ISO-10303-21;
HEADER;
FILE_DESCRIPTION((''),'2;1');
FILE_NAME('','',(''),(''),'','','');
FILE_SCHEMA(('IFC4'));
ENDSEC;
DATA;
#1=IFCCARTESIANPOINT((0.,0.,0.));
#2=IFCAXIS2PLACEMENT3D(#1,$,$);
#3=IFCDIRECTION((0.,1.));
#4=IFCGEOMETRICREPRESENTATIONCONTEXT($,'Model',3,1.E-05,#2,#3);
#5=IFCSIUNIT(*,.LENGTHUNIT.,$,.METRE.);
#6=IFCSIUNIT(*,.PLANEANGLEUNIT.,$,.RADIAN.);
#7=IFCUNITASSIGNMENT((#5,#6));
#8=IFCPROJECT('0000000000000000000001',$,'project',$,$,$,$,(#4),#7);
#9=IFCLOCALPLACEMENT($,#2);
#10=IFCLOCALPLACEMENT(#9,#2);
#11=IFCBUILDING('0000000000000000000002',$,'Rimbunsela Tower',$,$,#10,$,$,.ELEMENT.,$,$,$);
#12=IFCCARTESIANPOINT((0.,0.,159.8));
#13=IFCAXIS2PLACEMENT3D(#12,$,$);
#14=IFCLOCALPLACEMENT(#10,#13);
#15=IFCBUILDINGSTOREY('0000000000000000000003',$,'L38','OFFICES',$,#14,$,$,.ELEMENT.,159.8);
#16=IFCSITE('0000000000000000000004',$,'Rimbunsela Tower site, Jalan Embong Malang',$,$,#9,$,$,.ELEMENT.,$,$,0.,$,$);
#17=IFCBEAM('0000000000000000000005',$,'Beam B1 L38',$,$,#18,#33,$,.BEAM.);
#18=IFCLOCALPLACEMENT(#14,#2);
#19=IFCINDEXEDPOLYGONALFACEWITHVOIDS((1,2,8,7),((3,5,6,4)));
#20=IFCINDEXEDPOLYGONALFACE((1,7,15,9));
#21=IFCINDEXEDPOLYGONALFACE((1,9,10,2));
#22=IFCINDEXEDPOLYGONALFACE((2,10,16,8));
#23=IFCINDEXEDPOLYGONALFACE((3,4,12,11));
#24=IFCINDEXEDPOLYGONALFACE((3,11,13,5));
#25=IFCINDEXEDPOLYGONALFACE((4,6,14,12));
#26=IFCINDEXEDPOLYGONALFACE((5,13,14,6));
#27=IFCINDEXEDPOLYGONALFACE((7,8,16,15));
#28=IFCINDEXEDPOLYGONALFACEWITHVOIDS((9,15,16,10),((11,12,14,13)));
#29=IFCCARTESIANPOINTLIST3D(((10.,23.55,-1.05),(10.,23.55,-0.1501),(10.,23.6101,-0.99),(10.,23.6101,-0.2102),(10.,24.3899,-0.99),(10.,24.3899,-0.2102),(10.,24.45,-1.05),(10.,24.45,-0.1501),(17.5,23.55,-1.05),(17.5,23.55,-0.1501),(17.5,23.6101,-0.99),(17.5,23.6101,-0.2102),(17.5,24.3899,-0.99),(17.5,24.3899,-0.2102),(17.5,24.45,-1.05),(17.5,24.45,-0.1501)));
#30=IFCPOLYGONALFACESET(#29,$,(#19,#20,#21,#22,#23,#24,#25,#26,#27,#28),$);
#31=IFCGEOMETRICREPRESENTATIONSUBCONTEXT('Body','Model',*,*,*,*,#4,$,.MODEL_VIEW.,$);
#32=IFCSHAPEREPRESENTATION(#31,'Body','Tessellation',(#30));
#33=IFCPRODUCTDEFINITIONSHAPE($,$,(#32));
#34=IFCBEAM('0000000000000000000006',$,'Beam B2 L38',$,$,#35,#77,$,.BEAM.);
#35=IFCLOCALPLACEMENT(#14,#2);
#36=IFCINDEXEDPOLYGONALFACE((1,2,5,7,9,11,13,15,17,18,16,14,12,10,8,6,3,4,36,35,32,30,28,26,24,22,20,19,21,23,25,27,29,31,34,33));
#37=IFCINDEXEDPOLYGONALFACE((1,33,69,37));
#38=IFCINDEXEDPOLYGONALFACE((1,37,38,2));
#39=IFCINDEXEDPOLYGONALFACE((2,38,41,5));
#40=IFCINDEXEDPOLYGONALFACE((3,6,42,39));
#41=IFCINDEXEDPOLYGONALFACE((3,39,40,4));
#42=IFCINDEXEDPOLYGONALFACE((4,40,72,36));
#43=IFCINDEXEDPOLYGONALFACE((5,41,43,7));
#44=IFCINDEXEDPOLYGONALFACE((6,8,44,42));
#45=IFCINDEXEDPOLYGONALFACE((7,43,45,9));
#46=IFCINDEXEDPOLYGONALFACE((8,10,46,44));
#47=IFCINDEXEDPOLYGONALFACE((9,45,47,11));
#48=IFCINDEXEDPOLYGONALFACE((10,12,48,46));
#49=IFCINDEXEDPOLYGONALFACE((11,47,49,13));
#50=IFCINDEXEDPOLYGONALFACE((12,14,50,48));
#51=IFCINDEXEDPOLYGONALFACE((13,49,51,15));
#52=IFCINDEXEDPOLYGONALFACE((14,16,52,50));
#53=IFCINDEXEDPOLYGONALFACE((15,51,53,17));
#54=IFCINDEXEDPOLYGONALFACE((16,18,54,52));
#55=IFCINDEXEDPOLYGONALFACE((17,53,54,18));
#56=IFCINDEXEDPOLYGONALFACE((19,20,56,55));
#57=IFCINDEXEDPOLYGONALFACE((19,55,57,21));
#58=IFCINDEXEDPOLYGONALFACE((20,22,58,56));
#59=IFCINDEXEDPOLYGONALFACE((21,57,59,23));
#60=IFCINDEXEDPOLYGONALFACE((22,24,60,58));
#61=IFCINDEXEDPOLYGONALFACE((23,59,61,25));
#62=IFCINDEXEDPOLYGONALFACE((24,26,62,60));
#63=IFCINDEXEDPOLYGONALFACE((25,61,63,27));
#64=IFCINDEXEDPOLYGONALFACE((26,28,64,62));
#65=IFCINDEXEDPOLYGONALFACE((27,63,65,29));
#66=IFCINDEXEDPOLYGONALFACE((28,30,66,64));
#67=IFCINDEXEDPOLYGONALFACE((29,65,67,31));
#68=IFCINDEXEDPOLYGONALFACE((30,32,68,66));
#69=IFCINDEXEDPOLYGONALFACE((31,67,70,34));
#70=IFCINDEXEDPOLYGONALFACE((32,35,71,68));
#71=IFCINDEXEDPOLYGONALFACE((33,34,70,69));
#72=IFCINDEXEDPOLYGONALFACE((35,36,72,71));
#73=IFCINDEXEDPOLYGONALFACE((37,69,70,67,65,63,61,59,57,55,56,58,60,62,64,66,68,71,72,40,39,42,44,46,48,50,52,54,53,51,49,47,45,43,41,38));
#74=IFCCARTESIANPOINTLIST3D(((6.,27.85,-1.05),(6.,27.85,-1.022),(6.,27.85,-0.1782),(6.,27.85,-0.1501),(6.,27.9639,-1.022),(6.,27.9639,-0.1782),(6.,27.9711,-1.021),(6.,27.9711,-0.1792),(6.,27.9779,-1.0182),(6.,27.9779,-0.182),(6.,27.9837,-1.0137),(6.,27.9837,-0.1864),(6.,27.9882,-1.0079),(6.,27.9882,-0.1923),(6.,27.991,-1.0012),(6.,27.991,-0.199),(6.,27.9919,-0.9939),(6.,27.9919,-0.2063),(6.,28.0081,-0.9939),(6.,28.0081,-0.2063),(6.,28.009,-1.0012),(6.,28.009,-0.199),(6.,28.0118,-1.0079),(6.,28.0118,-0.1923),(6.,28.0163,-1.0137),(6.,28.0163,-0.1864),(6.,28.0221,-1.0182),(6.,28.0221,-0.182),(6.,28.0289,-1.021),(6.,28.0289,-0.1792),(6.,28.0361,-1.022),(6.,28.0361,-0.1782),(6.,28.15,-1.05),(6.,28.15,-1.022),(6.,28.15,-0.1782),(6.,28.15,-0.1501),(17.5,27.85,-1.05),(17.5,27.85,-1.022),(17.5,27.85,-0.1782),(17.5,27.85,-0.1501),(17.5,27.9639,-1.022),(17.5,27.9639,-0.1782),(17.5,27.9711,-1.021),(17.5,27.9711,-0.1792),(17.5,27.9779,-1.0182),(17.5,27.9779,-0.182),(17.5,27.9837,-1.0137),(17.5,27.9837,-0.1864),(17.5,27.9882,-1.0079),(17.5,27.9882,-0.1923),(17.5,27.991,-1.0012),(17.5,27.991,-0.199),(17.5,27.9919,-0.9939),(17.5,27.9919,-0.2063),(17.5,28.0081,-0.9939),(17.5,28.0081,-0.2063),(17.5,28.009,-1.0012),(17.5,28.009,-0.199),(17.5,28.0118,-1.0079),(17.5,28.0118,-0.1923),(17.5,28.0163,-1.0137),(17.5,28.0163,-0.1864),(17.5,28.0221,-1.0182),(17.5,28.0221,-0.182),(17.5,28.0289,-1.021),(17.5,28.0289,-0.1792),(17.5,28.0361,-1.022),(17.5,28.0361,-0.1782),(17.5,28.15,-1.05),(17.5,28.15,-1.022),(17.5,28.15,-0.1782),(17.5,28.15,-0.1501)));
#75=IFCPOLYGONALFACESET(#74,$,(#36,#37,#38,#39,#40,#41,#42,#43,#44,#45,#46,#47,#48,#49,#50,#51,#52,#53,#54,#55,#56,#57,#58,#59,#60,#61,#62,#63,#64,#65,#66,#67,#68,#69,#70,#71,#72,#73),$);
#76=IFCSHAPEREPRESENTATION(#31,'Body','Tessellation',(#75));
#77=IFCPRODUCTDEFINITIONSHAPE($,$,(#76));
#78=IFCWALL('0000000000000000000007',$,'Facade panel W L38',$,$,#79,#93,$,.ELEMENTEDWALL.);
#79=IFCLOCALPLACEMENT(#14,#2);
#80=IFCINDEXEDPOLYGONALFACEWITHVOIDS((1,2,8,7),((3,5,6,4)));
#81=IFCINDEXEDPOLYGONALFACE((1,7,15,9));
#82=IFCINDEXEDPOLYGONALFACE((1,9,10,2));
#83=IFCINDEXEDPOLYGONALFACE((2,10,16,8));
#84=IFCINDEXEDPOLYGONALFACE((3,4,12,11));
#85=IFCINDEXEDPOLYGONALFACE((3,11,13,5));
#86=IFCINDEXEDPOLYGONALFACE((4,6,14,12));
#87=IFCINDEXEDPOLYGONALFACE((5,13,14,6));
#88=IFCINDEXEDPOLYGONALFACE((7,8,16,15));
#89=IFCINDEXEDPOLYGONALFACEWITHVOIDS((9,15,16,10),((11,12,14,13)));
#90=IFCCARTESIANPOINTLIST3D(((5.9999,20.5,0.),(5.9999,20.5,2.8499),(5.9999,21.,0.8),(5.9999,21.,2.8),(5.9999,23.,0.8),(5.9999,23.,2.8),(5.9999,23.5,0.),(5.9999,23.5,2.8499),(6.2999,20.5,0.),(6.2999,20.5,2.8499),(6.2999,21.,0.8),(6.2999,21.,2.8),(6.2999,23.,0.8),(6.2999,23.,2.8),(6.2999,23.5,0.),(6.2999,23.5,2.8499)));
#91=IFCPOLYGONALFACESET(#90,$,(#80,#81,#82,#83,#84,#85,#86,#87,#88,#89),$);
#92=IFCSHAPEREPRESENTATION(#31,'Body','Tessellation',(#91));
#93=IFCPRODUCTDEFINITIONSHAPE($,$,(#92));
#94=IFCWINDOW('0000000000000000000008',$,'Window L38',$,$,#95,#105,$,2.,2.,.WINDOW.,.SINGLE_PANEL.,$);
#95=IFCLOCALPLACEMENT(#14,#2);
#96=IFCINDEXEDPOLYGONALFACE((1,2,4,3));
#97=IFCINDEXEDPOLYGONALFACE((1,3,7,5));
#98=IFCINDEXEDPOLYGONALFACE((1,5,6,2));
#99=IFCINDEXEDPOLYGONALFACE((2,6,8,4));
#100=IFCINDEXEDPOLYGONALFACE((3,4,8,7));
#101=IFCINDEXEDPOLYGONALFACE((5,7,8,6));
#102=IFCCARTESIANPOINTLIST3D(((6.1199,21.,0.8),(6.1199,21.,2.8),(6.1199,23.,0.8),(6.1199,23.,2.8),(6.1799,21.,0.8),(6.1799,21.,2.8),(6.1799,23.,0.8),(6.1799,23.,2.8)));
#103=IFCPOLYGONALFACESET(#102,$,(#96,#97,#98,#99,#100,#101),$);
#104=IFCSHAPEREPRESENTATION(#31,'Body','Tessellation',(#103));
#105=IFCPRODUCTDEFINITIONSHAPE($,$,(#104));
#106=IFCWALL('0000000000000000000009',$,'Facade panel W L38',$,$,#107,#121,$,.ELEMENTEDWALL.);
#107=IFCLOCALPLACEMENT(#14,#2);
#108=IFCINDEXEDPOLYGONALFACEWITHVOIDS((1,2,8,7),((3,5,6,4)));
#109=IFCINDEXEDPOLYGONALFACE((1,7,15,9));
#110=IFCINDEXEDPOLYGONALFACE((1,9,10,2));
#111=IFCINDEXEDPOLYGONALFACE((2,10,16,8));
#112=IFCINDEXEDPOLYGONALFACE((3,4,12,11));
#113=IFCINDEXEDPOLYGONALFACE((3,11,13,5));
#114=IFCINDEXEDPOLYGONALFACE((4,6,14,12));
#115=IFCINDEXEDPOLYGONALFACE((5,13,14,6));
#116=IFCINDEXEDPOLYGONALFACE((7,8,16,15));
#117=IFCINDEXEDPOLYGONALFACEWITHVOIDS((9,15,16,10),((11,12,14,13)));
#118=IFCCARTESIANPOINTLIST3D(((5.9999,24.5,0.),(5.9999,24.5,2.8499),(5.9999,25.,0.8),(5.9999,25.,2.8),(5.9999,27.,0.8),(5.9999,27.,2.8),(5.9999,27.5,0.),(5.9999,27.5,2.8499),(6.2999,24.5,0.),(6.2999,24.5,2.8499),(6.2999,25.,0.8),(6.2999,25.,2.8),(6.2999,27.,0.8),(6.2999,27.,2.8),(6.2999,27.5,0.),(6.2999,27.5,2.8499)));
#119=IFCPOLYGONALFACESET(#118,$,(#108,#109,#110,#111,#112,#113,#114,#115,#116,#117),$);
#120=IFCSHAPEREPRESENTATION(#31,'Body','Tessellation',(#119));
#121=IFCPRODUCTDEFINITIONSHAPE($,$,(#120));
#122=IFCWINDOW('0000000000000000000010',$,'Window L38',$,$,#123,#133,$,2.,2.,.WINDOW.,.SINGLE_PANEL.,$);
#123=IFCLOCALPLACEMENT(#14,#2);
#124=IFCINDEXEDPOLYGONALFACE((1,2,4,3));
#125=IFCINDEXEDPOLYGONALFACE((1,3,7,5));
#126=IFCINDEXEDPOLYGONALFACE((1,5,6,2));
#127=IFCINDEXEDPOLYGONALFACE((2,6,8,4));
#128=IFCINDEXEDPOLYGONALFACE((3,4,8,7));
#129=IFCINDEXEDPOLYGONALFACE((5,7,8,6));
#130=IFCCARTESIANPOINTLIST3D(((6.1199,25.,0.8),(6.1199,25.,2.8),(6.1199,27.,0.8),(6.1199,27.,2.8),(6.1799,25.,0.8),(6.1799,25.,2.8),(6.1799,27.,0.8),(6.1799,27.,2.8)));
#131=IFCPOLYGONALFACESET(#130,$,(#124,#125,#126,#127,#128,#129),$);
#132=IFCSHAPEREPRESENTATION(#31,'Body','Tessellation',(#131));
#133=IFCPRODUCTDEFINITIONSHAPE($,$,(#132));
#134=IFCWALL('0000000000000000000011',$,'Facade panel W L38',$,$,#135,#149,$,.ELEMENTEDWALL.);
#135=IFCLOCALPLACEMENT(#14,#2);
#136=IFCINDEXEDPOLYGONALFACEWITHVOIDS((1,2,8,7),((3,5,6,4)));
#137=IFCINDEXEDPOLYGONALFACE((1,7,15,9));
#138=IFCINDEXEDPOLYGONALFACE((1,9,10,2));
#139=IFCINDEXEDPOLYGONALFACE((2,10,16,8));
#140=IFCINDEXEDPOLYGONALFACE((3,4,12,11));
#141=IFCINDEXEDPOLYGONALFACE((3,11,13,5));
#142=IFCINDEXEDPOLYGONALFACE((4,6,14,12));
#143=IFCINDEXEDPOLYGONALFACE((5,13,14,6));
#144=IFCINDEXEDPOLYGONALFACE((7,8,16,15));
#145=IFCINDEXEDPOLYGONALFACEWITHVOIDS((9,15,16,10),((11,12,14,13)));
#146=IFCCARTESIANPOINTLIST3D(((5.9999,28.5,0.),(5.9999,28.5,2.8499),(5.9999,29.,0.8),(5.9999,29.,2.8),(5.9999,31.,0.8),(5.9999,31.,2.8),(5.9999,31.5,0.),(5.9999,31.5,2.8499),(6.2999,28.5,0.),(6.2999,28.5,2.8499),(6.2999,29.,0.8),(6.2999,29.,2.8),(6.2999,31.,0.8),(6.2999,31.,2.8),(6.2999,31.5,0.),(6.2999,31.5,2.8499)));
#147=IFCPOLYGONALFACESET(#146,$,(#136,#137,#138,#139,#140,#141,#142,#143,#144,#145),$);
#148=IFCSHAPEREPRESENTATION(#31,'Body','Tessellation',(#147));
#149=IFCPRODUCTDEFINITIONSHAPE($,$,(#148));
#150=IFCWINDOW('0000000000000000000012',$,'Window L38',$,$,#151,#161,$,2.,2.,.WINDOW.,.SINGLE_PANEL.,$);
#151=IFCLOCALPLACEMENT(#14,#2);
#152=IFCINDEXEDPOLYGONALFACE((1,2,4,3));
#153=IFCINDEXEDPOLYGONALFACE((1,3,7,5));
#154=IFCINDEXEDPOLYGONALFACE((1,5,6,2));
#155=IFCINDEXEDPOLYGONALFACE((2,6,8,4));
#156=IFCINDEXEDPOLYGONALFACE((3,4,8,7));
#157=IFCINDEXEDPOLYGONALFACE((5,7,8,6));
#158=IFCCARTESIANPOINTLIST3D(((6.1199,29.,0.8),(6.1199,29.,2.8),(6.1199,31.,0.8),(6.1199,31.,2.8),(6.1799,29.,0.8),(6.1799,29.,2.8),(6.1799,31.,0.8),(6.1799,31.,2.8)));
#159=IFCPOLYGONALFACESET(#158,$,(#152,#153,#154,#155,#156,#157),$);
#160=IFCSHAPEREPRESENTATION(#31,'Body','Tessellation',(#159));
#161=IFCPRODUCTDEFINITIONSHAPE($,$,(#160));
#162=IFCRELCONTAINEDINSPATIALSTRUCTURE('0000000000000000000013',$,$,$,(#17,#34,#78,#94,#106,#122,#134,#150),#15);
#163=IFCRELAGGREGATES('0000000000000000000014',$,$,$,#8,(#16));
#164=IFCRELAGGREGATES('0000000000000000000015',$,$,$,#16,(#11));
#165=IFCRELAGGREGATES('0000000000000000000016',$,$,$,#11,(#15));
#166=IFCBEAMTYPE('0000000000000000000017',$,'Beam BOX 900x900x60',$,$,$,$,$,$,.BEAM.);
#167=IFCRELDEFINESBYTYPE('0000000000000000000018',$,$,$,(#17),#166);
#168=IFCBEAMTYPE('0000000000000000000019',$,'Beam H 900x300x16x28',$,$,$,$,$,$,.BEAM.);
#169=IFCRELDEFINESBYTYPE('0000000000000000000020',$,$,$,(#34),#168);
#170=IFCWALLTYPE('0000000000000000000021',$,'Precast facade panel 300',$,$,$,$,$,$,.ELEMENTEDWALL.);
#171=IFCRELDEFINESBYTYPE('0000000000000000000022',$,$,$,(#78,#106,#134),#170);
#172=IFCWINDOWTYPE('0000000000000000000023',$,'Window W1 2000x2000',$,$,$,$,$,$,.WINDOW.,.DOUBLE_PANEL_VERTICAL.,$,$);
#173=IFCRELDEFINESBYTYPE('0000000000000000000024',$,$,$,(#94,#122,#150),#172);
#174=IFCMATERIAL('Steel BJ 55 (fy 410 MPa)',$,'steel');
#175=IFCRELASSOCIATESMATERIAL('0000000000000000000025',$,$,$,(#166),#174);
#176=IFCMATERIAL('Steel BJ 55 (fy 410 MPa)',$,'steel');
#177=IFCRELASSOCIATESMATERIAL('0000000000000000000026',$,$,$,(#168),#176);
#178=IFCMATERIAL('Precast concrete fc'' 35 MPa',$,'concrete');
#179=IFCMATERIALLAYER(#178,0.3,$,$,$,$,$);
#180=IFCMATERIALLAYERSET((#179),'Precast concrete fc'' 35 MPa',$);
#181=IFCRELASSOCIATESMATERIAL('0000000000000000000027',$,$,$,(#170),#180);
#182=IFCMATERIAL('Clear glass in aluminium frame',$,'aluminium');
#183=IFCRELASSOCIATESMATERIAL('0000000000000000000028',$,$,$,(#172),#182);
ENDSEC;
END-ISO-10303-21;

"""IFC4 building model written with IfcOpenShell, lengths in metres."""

from ifc_helpers import new_model, si_unit, direction, frame, frame_2d, origin, origin_2d, place, context, subcontext, project, spatial, rectangle, hollow_rectangle, i_section, extrude, material, layer, layer_set, material_profile, profile_set, type_object, element, fill, save


model = new_model("IFC4")

# Units and contexts
model_context = context("Model", 3, precision=1e-05, world=origin(), true_north=direction((0.0, 1.0)))
body_context = subcontext(model_context, "Body", "Model", "MODEL_VIEW")
ifc_project = project(units=[si_unit("LENGTHUNIT", "METRE"), si_unit("PLANEANGLEUNIT", "RADIAN")], contexts=[model_context])

# Site, building, storey
site_placement = place(None, origin())
site = spatial("IfcSite", under=ifc_project, at=site_placement, Name="Rimbunsela Tower site, Jalan Embong Malang", CompositionType="ELEMENT", RefElevation=0.0)
building_placement = place(site_placement, origin())
building = spatial("IfcBuilding", under=site, at=building_placement, Name="Rimbunsela Tower", CompositionType="ELEMENT")
storey_placement = place(building_placement, frame((0.0, 0.0, 159.8)))
storey = spatial("IfcBuildingStorey", under=building, at=storey_placement, Name="L38", Description="OFFICES", CompositionType="ELEMENT", Elevation=159.8)

# Beams
ifc_material_1 = material(Name="Steel BJ 55 (fy 410 MPa)", Category="steel")
ifc_material_profile_1 = material_profile(ifc_material_1, hollow_rectangle(XDim=0.8999, YDim=0.8999, WallThickness=0.0601, at=origin_2d()), Name="BOX 900x900x60")
ifc_profile_set_1 = profile_set([ifc_material_profile_1], Name="Steel BJ 55 (fy 410 MPa)")
beam_type_1 = type_object("IfcBeamType", Name="Beam BOX 900x900x60", PredefinedType="BEAM", material=ifc_profile_set_1)
beam_1_placement = place(storey_placement, frame((10.0, 24.0, -0.6001), z_axis=(1.0, 0.0, 0.0), x_axis=(0.0, 1.0, 0.0)))
element("IfcBeam", 1, at=beam_1_placement, inside=storey, type_object=beam_type_1, Name="Beam B1 L38", PredefinedType="BEAM", context=body_context, shape_type="SweptSolid", body=[
    extrude(hollow_rectangle(XDim=0.8999, YDim=0.8999, WallThickness=0.0601, at=origin_2d()), origin(), (0.0, 0.0, 1.0), 7.5),
])
ifc_material_2 = material(Name="Steel BJ 55 (fy 410 MPa)", Category="steel")
ifc_material_profile_2 = material_profile(ifc_material_2, i_section(OverallWidth=0.3, OverallDepth=0.8999, WebThickness=0.0161, FlangeThickness=0.0281, FilletRadius=0.0281, at=origin_2d()), Name="H 900x300x16x28")
ifc_profile_set_2 = profile_set([ifc_material_profile_2], Name="Steel BJ 55 (fy 410 MPa)")
beam_type_2 = type_object("IfcBeamType", Name="Beam H 900x300x16x28", PredefinedType="BEAM", material=ifc_profile_set_2)
beam_2_placement = place(storey_placement, frame((6.0, 28.0, -0.6001), z_axis=(1.0, 0.0, 0.0), x_axis=(0.0, 1.0, 0.0)))
element("IfcBeam", 2, at=beam_2_placement, inside=storey, type_object=beam_type_2, Name="Beam B2 L38", PredefinedType="BEAM", context=body_context, shape_type="SweptSolid", body=[
    extrude(i_section(OverallWidth=0.3, OverallDepth=0.8999, WebThickness=0.0161, FlangeThickness=0.0281, FilletRadius=0.0281, at=origin_2d()), origin(), (0.0, 0.0, 1.0), 11.5),
])

# Walls, openings, windows
ifc_material_3 = material(Name="Precast concrete fc' 35 MPa", Category="concrete")
ifc_layer_1 = layer(ifc_material_3, 0.3)
ifc_layer_set_1 = layer_set([ifc_layer_1], Name="Precast concrete fc' 35 MPa")
wall_type = type_object("IfcWallType", Name="Precast facade panel 300", PredefinedType="ELEMENTEDWALL", material=ifc_layer_set_1)
wall_1_placement = place(storey_placement, frame((6.1499, 23.5, 0.0), z_axis=(0.0, 0.0, 1.0), x_axis=(0.0, -1.0, 0.0)))
wall_1 = element("IfcWall", 3, at=wall_1_placement, inside=storey, type_object=wall_type, Name="Facade panel W L38", PredefinedType="ELEMENTEDWALL", context=body_context, shape_type="SweptSolid", body=[
    extrude(rectangle(XDim=3.0, YDim=0.3, at=frame_2d((1.5, 0.0))), origin(), (0.0, 0.0, 1.0), 2.8499),
])
opening_1_placement = place(wall_1_placement, frame((0.5, 0.0, 0.8)))
opening_1 = element("IfcOpeningElement", 4, at=opening_1_placement, cuts=wall_1, PredefinedType="OPENING", context=body_context, shape_type="SweptSolid", body=[
    extrude(rectangle(XDim=2.0, YDim=2.0, at=frame_2d((1.0, 1.0))), frame((0.0, 0.1599, 0.0), z_axis=(0.0, -1.0, 0.0), x_axis=(1.0, 0.0, 0.0)), (0.0, 0.0, 1.0), 0.3201),
])
ifc_material_4 = material(Name="Clear glass in aluminium frame", Category="aluminium")
window_type = type_object("IfcWindowType", Name="Window W1 2000x2000", PartitioningType="DOUBLE_PANEL_VERTICAL", PredefinedType="WINDOW", material=ifc_material_4)
window_1_placement = place(opening_1_placement, origin())
window_1 = element("IfcWindow", 5, at=window_1_placement, inside=storey, type_object=window_type, Name="Window L38", OverallHeight=2.0, OverallWidth=2.0, PartitioningType="SINGLE_PANEL", PredefinedType="WINDOW", context=body_context, shape_type="SweptSolid", body=[
    extrude(rectangle(XDim=2.0, YDim=2.0, at=frame_2d((1.0, 1.0))), frame((0.0, 0.03, 0.0), z_axis=(0.0, -1.0, 0.0), x_axis=(1.0, 0.0, 0.0)), (0.0, 0.0, 1.0), 0.0601),
])
fill(opening_1, window_1)
wall_2_placement = place(storey_placement, frame((6.1499, 27.5, 0.0), z_axis=(0.0, 0.0, 1.0), x_axis=(0.0, -1.0, 0.0)))
wall_2 = element("IfcWall", 6, at=wall_2_placement, inside=storey, type_object=wall_type, Name="Facade panel W L38", PredefinedType="ELEMENTEDWALL", context=body_context, shape_type="SweptSolid", body=[
    extrude(rectangle(XDim=3.0, YDim=0.3, at=frame_2d((1.5, 0.0))), origin(), (0.0, 0.0, 1.0), 2.8499),
])
opening_2_placement = place(wall_2_placement, frame((0.5, 0.0, 0.8)))
opening_2 = element("IfcOpeningElement", 7, at=opening_2_placement, cuts=wall_2, PredefinedType="OPENING", context=body_context, shape_type="SweptSolid", body=[
    extrude(rectangle(XDim=2.0, YDim=2.0, at=frame_2d((1.0, 1.0))), frame((0.0, 0.1599, 0.0), z_axis=(0.0, -1.0, 0.0), x_axis=(1.0, 0.0, 0.0)), (0.0, 0.0, 1.0), 0.3201),
])
window_2_placement = place(opening_2_placement, origin())
window_2 = element("IfcWindow", 8, at=window_2_placement, inside=storey, type_object=window_type, Name="Window L38", OverallHeight=2.0, OverallWidth=2.0, PartitioningType="SINGLE_PANEL", PredefinedType="WINDOW", context=body_context, shape_type="SweptSolid", body=[
    extrude(rectangle(XDim=2.0, YDim=2.0, at=frame_2d((1.0, 1.0))), frame((0.0, 0.03, 0.0), z_axis=(0.0, -1.0, 0.0), x_axis=(1.0, 0.0, 0.0)), (0.0, 0.0, 1.0), 0.0601),
])
fill(opening_2, window_2)
wall_3_placement = place(storey_placement, frame((6.1499, 31.5, 0.0), z_axis=(0.0, 0.0, 1.0), x_axis=(0.0, -1.0, 0.0)))
wall_3 = element("IfcWall", 9, at=wall_3_placement, inside=storey, type_object=wall_type, Name="Facade panel W L38", PredefinedType="ELEMENTEDWALL", context=body_context, shape_type="SweptSolid", body=[
    extrude(rectangle(XDim=3.0, YDim=0.3, at=frame_2d((1.5, 0.0))), origin(), (0.0, 0.0, 1.0), 2.8499),
])
opening_3_placement = place(wall_3_placement, frame((0.5, 0.0, 0.8)))
opening_3 = element("IfcOpeningElement", 10, at=opening_3_placement, cuts=wall_3, PredefinedType="OPENING", context=body_context, shape_type="SweptSolid", body=[
    extrude(rectangle(XDim=2.0, YDim=2.0, at=frame_2d((1.0, 1.0))), frame((0.0, 0.1599, 0.0), z_axis=(0.0, -1.0, 0.0), x_axis=(1.0, 0.0, 0.0)), (0.0, 0.0, 1.0), 0.3201),
])
window_3_placement = place(opening_3_placement, origin())
window_3 = element("IfcWindow", 11, at=window_3_placement, inside=storey, type_object=window_type, Name="Window L38", OverallHeight=2.0, OverallWidth=2.0, PartitioningType="SINGLE_PANEL", PredefinedType="WINDOW", context=body_context, shape_type="SweptSolid", body=[
    extrude(rectangle(XDim=2.0, YDim=2.0, at=frame_2d((1.0, 1.0))), frame((0.0, 0.03, 0.0), z_axis=(0.0, -1.0, 0.0), x_axis=(1.0, 0.0, 0.0)), (0.0, 0.0, 1.0), 0.0601),
])
fill(opening_3, window_3)

save(model, "model.ifc")
